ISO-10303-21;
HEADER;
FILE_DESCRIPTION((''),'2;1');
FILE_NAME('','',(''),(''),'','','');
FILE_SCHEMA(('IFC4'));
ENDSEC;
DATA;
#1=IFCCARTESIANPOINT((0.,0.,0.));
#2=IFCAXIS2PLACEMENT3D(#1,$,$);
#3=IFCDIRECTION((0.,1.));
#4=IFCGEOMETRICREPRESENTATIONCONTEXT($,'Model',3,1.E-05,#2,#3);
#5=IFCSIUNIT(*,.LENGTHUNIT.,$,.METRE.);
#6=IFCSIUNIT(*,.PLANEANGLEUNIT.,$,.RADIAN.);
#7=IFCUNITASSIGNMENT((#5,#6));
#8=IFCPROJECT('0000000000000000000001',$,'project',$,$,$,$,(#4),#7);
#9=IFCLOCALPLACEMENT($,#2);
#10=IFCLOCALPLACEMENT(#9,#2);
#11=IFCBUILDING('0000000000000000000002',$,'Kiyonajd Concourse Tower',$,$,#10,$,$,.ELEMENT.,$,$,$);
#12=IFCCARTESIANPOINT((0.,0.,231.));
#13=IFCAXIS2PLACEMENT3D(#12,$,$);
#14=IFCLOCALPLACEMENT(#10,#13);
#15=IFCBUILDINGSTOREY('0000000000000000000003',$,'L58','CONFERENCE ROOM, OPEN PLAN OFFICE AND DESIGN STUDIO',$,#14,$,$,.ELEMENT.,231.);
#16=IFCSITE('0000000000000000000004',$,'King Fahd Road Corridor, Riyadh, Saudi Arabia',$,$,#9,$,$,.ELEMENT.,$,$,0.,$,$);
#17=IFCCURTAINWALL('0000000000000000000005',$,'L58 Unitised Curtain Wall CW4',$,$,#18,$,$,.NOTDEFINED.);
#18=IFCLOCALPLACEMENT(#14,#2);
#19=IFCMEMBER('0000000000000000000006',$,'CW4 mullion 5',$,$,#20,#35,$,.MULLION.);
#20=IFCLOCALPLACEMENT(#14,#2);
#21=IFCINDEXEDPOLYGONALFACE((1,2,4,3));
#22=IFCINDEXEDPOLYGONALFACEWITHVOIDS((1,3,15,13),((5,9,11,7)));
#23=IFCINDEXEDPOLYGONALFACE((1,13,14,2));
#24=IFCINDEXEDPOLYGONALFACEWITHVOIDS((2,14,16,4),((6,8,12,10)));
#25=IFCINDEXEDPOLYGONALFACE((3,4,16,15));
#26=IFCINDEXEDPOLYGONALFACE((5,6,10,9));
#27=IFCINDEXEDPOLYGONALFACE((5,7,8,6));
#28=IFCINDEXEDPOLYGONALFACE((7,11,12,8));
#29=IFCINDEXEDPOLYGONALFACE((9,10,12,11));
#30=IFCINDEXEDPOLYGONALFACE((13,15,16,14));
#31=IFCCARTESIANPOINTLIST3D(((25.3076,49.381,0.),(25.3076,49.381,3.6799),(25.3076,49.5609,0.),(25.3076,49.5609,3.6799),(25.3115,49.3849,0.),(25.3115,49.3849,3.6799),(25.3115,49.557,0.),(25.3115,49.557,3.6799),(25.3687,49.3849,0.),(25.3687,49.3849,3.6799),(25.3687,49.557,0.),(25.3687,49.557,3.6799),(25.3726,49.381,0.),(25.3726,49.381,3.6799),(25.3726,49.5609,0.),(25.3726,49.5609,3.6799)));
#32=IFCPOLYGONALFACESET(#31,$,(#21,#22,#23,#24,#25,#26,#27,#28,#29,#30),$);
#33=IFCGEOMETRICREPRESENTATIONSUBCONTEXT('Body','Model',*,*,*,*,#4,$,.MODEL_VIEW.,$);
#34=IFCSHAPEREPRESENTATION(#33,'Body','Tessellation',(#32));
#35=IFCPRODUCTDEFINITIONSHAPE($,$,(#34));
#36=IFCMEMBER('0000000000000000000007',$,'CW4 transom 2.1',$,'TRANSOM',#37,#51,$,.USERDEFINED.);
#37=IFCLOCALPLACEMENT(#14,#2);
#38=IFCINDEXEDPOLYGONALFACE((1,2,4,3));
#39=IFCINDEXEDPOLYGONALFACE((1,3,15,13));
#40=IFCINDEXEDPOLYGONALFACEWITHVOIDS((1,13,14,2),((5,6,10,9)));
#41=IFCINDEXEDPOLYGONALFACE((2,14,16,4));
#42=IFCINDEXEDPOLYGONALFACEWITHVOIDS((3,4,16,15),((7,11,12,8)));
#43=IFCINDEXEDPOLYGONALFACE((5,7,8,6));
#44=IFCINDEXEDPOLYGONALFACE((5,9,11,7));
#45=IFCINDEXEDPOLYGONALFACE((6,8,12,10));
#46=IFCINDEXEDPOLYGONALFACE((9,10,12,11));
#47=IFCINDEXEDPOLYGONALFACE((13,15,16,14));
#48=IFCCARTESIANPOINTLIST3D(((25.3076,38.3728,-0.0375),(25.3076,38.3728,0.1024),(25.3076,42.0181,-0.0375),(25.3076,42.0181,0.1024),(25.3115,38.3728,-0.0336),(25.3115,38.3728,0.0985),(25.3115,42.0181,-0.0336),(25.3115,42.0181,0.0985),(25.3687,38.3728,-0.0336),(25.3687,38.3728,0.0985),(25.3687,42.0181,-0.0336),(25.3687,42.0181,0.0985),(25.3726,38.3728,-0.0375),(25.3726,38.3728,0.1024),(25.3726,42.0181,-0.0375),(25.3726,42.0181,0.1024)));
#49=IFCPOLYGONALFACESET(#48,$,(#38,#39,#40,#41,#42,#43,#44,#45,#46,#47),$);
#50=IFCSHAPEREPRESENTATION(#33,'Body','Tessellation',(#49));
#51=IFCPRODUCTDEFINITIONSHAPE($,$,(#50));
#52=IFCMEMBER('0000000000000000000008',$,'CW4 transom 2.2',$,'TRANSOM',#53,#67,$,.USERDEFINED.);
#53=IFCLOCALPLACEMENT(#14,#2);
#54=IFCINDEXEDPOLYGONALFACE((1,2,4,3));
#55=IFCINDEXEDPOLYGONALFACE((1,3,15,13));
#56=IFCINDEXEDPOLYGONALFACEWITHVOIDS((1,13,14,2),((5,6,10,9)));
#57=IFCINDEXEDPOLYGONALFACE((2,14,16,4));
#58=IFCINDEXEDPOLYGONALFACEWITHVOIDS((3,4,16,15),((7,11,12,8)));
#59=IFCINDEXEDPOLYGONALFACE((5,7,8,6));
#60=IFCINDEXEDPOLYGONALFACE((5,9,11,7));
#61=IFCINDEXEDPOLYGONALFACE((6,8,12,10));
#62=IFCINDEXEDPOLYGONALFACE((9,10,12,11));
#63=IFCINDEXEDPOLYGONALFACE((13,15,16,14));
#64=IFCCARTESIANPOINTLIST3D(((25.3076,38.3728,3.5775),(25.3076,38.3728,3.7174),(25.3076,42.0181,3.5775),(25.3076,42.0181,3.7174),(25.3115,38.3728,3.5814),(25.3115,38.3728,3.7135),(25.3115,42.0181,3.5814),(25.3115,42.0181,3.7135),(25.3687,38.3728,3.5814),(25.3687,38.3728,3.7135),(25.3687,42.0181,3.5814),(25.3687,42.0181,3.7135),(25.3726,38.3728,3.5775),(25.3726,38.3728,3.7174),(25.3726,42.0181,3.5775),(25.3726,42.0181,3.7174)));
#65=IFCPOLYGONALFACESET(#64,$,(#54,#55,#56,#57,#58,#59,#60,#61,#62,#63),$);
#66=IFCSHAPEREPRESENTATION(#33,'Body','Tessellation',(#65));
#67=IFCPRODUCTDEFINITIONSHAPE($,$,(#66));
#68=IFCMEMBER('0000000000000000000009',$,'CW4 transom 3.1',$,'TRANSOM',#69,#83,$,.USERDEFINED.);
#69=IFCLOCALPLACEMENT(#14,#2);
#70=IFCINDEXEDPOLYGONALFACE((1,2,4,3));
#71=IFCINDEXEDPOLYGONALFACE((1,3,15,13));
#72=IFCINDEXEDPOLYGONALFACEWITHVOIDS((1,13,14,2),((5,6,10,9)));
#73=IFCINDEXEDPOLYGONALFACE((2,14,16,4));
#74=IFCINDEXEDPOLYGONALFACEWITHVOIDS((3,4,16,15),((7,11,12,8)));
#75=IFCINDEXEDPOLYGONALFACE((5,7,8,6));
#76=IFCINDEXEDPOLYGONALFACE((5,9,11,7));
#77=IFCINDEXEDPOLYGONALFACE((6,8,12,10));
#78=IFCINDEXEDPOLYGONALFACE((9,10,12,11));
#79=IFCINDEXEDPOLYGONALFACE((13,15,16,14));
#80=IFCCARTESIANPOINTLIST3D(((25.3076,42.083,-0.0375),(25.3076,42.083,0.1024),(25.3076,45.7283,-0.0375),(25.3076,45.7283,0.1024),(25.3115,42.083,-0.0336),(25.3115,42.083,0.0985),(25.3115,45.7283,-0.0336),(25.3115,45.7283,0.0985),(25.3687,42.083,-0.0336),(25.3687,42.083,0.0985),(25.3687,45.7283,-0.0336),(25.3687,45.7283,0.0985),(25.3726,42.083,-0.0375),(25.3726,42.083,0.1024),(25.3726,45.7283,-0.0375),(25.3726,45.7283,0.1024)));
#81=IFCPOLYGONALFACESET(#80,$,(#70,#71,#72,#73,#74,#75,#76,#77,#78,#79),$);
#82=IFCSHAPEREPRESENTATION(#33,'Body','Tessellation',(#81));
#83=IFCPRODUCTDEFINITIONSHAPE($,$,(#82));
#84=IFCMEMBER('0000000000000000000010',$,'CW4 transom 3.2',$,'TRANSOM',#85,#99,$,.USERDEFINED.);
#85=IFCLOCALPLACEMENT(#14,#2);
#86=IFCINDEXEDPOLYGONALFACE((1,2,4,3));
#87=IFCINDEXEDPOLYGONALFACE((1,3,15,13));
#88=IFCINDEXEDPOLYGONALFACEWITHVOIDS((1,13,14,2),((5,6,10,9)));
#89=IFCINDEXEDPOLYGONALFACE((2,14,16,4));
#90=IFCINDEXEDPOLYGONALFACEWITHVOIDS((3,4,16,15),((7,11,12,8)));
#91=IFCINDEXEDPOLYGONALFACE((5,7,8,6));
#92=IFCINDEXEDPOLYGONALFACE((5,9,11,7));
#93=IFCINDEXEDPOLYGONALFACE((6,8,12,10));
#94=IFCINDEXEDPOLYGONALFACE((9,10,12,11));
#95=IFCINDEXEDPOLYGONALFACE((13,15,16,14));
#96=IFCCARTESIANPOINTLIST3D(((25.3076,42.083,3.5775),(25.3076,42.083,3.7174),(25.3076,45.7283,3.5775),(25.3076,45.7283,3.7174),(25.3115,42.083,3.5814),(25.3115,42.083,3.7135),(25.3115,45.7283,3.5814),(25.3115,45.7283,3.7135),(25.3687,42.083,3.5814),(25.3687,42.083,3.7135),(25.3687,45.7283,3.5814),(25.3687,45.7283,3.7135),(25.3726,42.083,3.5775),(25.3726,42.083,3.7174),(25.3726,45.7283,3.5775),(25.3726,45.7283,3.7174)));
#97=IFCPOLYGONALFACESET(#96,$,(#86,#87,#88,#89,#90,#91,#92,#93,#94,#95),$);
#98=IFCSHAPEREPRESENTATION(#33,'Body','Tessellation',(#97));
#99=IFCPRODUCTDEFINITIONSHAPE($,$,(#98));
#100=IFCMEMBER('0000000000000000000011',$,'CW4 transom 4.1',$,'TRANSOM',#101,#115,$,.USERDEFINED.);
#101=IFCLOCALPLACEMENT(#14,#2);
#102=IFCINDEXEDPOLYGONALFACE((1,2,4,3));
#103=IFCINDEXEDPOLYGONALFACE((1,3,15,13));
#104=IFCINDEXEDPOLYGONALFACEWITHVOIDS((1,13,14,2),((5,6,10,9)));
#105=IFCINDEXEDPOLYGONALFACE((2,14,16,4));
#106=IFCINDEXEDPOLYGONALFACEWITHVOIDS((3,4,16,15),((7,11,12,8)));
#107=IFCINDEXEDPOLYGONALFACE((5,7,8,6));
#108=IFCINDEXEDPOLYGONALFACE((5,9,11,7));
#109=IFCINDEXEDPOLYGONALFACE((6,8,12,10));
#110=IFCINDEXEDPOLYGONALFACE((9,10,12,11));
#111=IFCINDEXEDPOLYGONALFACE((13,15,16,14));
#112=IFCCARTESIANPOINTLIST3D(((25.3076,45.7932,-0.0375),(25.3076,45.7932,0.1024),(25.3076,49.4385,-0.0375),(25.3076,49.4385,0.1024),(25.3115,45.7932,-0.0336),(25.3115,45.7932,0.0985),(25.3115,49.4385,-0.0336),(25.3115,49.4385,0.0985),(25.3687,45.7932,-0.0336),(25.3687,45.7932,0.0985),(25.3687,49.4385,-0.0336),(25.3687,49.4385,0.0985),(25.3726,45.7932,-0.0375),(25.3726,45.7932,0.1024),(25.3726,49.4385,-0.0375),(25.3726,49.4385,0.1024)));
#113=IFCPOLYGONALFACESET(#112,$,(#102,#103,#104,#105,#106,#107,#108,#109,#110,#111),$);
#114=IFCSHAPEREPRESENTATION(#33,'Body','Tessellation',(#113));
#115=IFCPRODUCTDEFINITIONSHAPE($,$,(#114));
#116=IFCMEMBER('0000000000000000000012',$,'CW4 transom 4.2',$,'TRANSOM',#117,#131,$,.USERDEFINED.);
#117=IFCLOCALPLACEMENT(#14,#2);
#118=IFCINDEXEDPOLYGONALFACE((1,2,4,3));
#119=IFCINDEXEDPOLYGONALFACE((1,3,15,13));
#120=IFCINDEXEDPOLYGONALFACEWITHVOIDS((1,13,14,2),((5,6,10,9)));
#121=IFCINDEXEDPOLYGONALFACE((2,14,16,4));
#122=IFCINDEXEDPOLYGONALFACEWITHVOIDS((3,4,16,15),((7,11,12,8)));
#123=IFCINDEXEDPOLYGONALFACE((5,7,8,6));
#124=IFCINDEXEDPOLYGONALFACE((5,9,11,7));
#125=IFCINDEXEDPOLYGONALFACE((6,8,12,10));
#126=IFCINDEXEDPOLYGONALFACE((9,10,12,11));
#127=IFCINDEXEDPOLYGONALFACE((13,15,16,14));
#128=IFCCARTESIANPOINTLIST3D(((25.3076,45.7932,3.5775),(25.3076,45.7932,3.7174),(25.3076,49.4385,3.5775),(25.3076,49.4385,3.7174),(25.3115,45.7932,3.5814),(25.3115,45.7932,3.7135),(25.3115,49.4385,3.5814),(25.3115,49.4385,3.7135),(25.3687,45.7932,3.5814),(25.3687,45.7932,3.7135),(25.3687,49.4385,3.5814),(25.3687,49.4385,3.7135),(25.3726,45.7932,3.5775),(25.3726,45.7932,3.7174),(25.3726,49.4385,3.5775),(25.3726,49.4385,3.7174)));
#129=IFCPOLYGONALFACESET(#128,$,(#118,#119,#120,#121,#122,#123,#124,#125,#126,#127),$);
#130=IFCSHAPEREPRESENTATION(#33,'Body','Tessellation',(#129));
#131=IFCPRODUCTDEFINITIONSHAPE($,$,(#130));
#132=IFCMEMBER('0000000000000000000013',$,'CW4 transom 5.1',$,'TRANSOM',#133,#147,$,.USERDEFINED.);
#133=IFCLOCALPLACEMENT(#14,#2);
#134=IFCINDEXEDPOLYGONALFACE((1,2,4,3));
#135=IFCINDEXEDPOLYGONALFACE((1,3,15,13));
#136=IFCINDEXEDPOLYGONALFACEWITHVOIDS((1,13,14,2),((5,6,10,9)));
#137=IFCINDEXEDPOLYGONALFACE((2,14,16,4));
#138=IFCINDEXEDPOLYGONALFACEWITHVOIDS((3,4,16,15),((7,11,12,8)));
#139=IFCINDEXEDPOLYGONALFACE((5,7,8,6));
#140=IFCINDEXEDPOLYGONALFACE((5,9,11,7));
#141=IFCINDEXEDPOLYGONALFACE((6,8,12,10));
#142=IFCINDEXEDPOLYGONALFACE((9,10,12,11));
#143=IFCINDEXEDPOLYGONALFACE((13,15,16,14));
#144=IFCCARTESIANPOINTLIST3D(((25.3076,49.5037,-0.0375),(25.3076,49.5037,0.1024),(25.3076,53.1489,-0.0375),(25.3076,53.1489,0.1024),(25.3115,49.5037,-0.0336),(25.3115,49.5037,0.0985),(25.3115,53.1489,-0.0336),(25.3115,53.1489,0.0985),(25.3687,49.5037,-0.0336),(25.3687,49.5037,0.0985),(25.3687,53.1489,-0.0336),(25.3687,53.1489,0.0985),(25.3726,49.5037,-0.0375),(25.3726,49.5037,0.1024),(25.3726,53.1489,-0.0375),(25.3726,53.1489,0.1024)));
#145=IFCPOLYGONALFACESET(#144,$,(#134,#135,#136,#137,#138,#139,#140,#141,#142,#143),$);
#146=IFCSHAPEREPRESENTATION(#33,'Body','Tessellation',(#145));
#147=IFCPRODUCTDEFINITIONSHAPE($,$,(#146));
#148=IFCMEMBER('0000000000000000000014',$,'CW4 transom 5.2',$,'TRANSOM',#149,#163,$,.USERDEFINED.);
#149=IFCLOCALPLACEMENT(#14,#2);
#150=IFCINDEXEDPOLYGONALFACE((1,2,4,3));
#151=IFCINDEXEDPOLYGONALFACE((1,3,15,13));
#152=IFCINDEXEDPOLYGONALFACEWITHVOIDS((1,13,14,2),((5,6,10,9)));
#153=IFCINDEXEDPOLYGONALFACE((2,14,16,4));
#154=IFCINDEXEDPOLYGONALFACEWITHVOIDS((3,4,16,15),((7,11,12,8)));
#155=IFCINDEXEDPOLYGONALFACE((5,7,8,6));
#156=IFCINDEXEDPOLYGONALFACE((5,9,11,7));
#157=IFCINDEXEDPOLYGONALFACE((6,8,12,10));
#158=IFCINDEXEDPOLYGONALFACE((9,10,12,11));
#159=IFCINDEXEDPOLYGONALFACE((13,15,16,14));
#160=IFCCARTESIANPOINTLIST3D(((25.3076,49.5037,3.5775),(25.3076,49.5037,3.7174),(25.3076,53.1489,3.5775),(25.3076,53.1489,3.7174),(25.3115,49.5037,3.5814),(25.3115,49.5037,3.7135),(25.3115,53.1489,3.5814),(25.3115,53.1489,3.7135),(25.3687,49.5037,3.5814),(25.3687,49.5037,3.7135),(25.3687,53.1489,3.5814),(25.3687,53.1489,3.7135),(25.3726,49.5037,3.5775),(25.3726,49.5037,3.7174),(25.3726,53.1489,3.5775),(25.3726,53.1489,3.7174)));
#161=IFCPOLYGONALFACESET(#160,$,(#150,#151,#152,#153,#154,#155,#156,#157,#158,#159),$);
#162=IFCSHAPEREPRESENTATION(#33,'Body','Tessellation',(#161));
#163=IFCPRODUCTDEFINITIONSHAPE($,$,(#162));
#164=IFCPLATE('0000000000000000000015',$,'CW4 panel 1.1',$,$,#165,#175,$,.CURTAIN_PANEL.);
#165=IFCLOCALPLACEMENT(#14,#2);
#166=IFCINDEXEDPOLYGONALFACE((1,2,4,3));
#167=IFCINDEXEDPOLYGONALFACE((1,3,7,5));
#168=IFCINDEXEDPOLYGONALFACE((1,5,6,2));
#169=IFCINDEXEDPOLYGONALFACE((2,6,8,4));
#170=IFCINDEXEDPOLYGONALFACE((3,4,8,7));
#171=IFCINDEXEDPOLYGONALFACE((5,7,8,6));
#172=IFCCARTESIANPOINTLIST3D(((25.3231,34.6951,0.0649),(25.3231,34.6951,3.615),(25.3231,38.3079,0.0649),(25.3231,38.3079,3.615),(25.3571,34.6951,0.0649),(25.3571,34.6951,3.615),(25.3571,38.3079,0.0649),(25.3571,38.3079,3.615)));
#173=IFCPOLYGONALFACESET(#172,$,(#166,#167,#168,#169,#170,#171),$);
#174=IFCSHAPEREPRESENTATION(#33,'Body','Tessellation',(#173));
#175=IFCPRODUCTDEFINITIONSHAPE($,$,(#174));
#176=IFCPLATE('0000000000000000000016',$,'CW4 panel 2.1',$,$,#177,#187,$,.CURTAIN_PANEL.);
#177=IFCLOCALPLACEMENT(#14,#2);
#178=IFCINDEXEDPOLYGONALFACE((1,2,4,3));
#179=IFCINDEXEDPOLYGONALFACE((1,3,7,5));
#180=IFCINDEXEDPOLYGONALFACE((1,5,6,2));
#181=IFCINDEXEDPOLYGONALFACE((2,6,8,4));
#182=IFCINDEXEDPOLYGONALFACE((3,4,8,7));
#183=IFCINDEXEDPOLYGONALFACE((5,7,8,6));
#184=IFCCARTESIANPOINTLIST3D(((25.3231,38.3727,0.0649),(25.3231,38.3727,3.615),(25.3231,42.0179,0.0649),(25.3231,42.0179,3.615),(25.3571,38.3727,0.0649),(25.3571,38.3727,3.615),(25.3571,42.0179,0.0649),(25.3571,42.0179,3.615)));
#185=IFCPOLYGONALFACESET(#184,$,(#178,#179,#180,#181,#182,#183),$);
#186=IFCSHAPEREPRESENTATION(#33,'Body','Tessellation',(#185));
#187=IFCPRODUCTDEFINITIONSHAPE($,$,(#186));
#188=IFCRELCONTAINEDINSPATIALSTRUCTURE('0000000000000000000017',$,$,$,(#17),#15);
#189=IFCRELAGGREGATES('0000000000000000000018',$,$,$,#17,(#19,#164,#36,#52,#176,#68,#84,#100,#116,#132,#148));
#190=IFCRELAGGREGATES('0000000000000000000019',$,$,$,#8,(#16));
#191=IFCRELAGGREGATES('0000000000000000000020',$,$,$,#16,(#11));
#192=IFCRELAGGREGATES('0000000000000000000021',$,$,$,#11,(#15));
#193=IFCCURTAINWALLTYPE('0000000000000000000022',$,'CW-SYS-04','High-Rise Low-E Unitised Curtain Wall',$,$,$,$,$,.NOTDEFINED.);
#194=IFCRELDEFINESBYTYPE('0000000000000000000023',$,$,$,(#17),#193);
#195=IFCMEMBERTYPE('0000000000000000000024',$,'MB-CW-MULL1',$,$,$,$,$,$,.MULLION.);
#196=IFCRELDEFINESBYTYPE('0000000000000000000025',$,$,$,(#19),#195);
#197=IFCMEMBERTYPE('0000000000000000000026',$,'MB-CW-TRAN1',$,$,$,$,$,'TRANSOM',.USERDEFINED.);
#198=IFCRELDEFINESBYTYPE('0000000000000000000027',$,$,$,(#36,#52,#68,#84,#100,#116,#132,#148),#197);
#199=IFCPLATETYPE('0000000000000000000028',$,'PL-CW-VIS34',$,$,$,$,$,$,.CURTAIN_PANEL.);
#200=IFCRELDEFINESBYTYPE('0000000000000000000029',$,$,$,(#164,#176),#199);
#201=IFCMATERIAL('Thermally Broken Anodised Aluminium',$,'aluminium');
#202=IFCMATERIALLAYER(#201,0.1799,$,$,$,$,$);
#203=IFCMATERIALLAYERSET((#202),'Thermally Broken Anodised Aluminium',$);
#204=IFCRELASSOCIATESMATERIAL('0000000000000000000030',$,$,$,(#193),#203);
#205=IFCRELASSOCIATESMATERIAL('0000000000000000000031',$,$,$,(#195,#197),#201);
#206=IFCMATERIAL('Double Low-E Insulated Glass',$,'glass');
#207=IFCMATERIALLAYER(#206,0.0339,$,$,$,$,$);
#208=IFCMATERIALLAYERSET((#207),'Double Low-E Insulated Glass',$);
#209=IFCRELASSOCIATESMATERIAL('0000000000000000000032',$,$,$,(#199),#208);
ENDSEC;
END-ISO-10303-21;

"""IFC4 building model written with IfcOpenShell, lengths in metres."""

from ifc_helpers import new_model, si_unit, direction, frame, origin, origin_2d, place, context, subcontext, project, spatial, rectangle, hollow_rectangle, extrude, material, layer, layer_set, material_profile, profile_set, type_object, element, aggregate, save


model = new_model("IFC4")

# Units and contexts
model_context = context("Model", 3, precision=1e-05, world=origin(), true_north=direction((0.0, 1.0)))
body_context = subcontext(model_context, "Body", "Model", "MODEL_VIEW")
ifc_project = project(units=[si_unit("LENGTHUNIT", "METRE"), si_unit("PLANEANGLEUNIT", "RADIAN")], contexts=[model_context])

# Site, building, storey
site_placement = place(None, origin())
site = spatial("IfcSite", under=ifc_project, at=site_placement, Name="King Fahd Road Corridor, Riyadh, Saudi Arabia", CompositionType="ELEMENT", RefElevation=0.0)
building_placement = place(site_placement, origin())
building = spatial("IfcBuilding", under=site, at=building_placement, Name="Kiyonajd Concourse Tower", CompositionType="ELEMENT")
storey_placement = place(building_placement, frame((0.0, 0.0, 231.0)))
storey = spatial("IfcBuildingStorey", under=building, at=storey_placement, Name="L58", Description="CONFERENCE ROOM, OPEN PLAN OFFICE AND DESIGN STUDIO", CompositionType="ELEMENT", Elevation=231.0)

# Curtain wall, members, plates
ifc_material_1 = material(Name="Thermally Broken Anodised Aluminium", Category="aluminium")
ifc_layer_1 = layer(ifc_material_1, 0.1799)
ifc_layer_set_1 = layer_set([ifc_layer_1], Name="Thermally Broken Anodised Aluminium")
curtain_wall_type = type_object("IfcCurtainWallType", Name="CW-SYS-04", Description="High-Rise Low-E Unitised Curtain Wall", PredefinedType="NOTDEFINED", material=ifc_layer_set_1)
curtain_wall_placement = place(storey_placement, origin())
curtain_wall = element("IfcCurtainWall", 1, at=curtain_wall_placement, inside=storey, type_object=curtain_wall_type, Name="L58 Unitised Curtain Wall CW4", PredefinedType="NOTDEFINED")
ifc_material_profile_1 = material_profile(ifc_material_1, hollow_rectangle(XDim=0.0649, YDim=0.1799, WallThickness=0.0039, at=origin_2d()), Name="MULL-65x180")
ifc_profile_set_1 = profile_set([ifc_material_profile_1], Name="Thermally Broken Anodised Aluminium")
member_type_1 = type_object("IfcMemberType", Name="MB-CW-MULL1", PredefinedType="MULLION", material=ifc_profile_set_1)
member_1_placement = place(storey_placement, frame((25.3401, 49.4709, 0.0), z_axis=(0.0, 0.0, 1.0), x_axis=(-1.0, 0.0, 0.0)))
member_1 = element("IfcMember", 2, at=member_1_placement, type_object=member_type_1, Name="CW4 mullion 5", PredefinedType="MULLION", context=body_context, shape_type="SweptSolid", body=[
    extrude(hollow_rectangle(XDim=0.0649, YDim=0.1799, WallThickness=0.0039, at=origin_2d()), origin(), (0.0, 0.0, 1.0), 3.6799),
])
ifc_material_profile_2 = material_profile(ifc_material_1, hollow_rectangle(XDim=0.0649, YDim=0.1399, WallThickness=0.0039, at=origin_2d()), Name="TRAN-65x140")
ifc_profile_set_2 = profile_set([ifc_material_profile_2], Name="Thermally Broken Anodised Aluminium")
member_type_2 = type_object("IfcMemberType", Name="MB-CW-TRAN1", ElementType="TRANSOM", PredefinedType="USERDEFINED", material=ifc_profile_set_2)
member_2_placement = place(storey_placement, frame((25.3401, 38.3728, 0.0325), z_axis=(0.0, 1.0, 0.0), x_axis=(-1.0, 0.0, 0.0)))
member_2 = element("IfcMember", 3, at=member_2_placement, type_object=member_type_2, Name="CW4 transom 2.1", ObjectType="TRANSOM", PredefinedType="USERDEFINED", context=body_context, shape_type="SweptSolid", body=[
    extrude(hollow_rectangle(XDim=0.0649, YDim=0.1399, WallThickness=0.0039, at=origin_2d()), origin(), (0.0, 0.0, 1.0), 3.6453),
])
member_3_placement = place(storey_placement, frame((25.3401, 38.3728, 3.6475), z_axis=(0.0, 1.0, 0.0), x_axis=(-1.0, 0.0, 0.0)))
member_3 = element("IfcMember", 4, at=member_3_placement, type_object=member_type_2, Name="CW4 transom 2.2", ObjectType="TRANSOM", PredefinedType="USERDEFINED", context=body_context, shape_type="SweptSolid", body=[
    extrude(hollow_rectangle(XDim=0.0649, YDim=0.1399, WallThickness=0.0039, at=origin_2d()), origin(), (0.0, 0.0, 1.0), 3.6453),
])
member_4_placement = place(storey_placement, frame((25.3401, 42.083, 0.0325), z_axis=(0.0, 1.0, 0.0), x_axis=(-1.0, 0.0, 0.0)))
member_4 = element("IfcMember", 5, at=member_4_placement, type_object=member_type_2, Name="CW4 transom 3.1", ObjectType="TRANSOM", PredefinedType="USERDEFINED", context=body_context, shape_type="SweptSolid", body=[
    extrude(hollow_rectangle(XDim=0.0649, YDim=0.1399, WallThickness=0.0039, at=origin_2d()), origin(), (0.0, 0.0, 1.0), 3.6453),
])
member_5_placement = place(storey_placement, frame((25.3401, 42.083, 3.6475), z_axis=(0.0, 1.0, 0.0), x_axis=(-1.0, 0.0, 0.0)))
member_5 = element("IfcMember", 6, at=member_5_placement, type_object=member_type_2, Name="CW4 transom 3.2", ObjectType="TRANSOM", PredefinedType="USERDEFINED", context=body_context, shape_type="SweptSolid", body=[
    extrude(hollow_rectangle(XDim=0.0649, YDim=0.1399, WallThickness=0.0039, at=origin_2d()), origin(), (0.0, 0.0, 1.0), 3.6453),
])
member_6_placement = place(storey_placement, frame((25.3401, 45.7932, 0.0325), z_axis=(0.0, 1.0, 0.0), x_axis=(-1.0, 0.0, 0.0)))
member_6 = element("IfcMember", 7, at=member_6_placement, type_object=member_type_2, Name="CW4 transom 4.1", ObjectType="TRANSOM", PredefinedType="USERDEFINED", context=body_context, shape_type="SweptSolid", body=[
    extrude(hollow_rectangle(XDim=0.0649, YDim=0.1399, WallThickness=0.0039, at=origin_2d()), origin(), (0.0, 0.0, 1.0), 3.6453),
])
member_7_placement = place(storey_placement, frame((25.3401, 45.7932, 3.6475), z_axis=(0.0, 1.0, 0.0), x_axis=(-1.0, 0.0, 0.0)))
member_7 = element("IfcMember", 8, at=member_7_placement, type_object=member_type_2, Name="CW4 transom 4.2", ObjectType="TRANSOM", PredefinedType="USERDEFINED", context=body_context, shape_type="SweptSolid", body=[
    extrude(hollow_rectangle(XDim=0.0649, YDim=0.1399, WallThickness=0.0039, at=origin_2d()), origin(), (0.0, 0.0, 1.0), 3.6453),
])
member_8_placement = place(storey_placement, frame((25.3401, 49.5037, 0.0325), z_axis=(0.0, 1.0, 0.0), x_axis=(-1.0, 0.0, 0.0)))
member_8 = element("IfcMember", 9, at=member_8_placement, type_object=member_type_2, Name="CW4 transom 5.1", ObjectType="TRANSOM", PredefinedType="USERDEFINED", context=body_context, shape_type="SweptSolid", body=[
    extrude(hollow_rectangle(XDim=0.0649, YDim=0.1399, WallThickness=0.0039, at=origin_2d()), origin(), (0.0, 0.0, 1.0), 3.6453),
])
member_9_placement = place(storey_placement, frame((25.3401, 49.5037, 3.6475), z_axis=(0.0, 1.0, 0.0), x_axis=(-1.0, 0.0, 0.0)))
member_9 = element("IfcMember", 10, at=member_9_placement, type_object=member_type_2, Name="CW4 transom 5.2", ObjectType="TRANSOM", PredefinedType="USERDEFINED", context=body_context, shape_type="SweptSolid", body=[
    extrude(hollow_rectangle(XDim=0.0649, YDim=0.1399, WallThickness=0.0039, at=origin_2d()), origin(), (0.0, 0.0, 1.0), 3.6453),
])
ifc_material_2 = material(Name="Double Low-E Insulated Glass", Category="glass")
ifc_layer_2 = layer(ifc_material_2, 0.0339)
ifc_layer_set_2 = layer_set([ifc_layer_2], Name="Double Low-E Insulated Glass")
plate_type = type_object("IfcPlateType", Name="PL-CW-VIS34", PredefinedType="CURTAIN_PANEL", material=ifc_layer_set_2)
plate_1_placement = place(storey_placement, frame((25.3401, 36.5015, 0.0649), z_axis=(0.0, 0.0, 1.0), x_axis=(0.0, 1.0, 0.0)))
plate_1 = element("IfcPlate", 11, at=plate_1_placement, type_object=plate_type, Name="CW4 panel 1.1", PredefinedType="CURTAIN_PANEL", context=body_context, shape_type="SweptSolid", body=[
    extrude(rectangle(XDim=3.6128, YDim=0.0339, at=origin_2d()), origin(), (0.0, 0.0, 1.0), 3.55),
])
plate_2_placement = place(storey_placement, frame((25.3401, 40.1953, 0.0649), z_axis=(0.0, 0.0, 1.0), x_axis=(0.0, 1.0, 0.0)))
plate_2 = element("IfcPlate", 12, at=plate_2_placement, type_object=plate_type, Name="CW4 panel 2.1", PredefinedType="CURTAIN_PANEL", context=body_context, shape_type="SweptSolid", body=[
    extrude(rectangle(XDim=3.6453, YDim=0.0339, at=origin_2d()), origin(), (0.0, 0.0, 1.0), 3.55),
])
aggregate(curtain_wall, [member_1, plate_1, member_2, member_3, plate_2, member_4, member_5, member_6, member_7, member_8, member_9])

save(model, "model.ifc")
